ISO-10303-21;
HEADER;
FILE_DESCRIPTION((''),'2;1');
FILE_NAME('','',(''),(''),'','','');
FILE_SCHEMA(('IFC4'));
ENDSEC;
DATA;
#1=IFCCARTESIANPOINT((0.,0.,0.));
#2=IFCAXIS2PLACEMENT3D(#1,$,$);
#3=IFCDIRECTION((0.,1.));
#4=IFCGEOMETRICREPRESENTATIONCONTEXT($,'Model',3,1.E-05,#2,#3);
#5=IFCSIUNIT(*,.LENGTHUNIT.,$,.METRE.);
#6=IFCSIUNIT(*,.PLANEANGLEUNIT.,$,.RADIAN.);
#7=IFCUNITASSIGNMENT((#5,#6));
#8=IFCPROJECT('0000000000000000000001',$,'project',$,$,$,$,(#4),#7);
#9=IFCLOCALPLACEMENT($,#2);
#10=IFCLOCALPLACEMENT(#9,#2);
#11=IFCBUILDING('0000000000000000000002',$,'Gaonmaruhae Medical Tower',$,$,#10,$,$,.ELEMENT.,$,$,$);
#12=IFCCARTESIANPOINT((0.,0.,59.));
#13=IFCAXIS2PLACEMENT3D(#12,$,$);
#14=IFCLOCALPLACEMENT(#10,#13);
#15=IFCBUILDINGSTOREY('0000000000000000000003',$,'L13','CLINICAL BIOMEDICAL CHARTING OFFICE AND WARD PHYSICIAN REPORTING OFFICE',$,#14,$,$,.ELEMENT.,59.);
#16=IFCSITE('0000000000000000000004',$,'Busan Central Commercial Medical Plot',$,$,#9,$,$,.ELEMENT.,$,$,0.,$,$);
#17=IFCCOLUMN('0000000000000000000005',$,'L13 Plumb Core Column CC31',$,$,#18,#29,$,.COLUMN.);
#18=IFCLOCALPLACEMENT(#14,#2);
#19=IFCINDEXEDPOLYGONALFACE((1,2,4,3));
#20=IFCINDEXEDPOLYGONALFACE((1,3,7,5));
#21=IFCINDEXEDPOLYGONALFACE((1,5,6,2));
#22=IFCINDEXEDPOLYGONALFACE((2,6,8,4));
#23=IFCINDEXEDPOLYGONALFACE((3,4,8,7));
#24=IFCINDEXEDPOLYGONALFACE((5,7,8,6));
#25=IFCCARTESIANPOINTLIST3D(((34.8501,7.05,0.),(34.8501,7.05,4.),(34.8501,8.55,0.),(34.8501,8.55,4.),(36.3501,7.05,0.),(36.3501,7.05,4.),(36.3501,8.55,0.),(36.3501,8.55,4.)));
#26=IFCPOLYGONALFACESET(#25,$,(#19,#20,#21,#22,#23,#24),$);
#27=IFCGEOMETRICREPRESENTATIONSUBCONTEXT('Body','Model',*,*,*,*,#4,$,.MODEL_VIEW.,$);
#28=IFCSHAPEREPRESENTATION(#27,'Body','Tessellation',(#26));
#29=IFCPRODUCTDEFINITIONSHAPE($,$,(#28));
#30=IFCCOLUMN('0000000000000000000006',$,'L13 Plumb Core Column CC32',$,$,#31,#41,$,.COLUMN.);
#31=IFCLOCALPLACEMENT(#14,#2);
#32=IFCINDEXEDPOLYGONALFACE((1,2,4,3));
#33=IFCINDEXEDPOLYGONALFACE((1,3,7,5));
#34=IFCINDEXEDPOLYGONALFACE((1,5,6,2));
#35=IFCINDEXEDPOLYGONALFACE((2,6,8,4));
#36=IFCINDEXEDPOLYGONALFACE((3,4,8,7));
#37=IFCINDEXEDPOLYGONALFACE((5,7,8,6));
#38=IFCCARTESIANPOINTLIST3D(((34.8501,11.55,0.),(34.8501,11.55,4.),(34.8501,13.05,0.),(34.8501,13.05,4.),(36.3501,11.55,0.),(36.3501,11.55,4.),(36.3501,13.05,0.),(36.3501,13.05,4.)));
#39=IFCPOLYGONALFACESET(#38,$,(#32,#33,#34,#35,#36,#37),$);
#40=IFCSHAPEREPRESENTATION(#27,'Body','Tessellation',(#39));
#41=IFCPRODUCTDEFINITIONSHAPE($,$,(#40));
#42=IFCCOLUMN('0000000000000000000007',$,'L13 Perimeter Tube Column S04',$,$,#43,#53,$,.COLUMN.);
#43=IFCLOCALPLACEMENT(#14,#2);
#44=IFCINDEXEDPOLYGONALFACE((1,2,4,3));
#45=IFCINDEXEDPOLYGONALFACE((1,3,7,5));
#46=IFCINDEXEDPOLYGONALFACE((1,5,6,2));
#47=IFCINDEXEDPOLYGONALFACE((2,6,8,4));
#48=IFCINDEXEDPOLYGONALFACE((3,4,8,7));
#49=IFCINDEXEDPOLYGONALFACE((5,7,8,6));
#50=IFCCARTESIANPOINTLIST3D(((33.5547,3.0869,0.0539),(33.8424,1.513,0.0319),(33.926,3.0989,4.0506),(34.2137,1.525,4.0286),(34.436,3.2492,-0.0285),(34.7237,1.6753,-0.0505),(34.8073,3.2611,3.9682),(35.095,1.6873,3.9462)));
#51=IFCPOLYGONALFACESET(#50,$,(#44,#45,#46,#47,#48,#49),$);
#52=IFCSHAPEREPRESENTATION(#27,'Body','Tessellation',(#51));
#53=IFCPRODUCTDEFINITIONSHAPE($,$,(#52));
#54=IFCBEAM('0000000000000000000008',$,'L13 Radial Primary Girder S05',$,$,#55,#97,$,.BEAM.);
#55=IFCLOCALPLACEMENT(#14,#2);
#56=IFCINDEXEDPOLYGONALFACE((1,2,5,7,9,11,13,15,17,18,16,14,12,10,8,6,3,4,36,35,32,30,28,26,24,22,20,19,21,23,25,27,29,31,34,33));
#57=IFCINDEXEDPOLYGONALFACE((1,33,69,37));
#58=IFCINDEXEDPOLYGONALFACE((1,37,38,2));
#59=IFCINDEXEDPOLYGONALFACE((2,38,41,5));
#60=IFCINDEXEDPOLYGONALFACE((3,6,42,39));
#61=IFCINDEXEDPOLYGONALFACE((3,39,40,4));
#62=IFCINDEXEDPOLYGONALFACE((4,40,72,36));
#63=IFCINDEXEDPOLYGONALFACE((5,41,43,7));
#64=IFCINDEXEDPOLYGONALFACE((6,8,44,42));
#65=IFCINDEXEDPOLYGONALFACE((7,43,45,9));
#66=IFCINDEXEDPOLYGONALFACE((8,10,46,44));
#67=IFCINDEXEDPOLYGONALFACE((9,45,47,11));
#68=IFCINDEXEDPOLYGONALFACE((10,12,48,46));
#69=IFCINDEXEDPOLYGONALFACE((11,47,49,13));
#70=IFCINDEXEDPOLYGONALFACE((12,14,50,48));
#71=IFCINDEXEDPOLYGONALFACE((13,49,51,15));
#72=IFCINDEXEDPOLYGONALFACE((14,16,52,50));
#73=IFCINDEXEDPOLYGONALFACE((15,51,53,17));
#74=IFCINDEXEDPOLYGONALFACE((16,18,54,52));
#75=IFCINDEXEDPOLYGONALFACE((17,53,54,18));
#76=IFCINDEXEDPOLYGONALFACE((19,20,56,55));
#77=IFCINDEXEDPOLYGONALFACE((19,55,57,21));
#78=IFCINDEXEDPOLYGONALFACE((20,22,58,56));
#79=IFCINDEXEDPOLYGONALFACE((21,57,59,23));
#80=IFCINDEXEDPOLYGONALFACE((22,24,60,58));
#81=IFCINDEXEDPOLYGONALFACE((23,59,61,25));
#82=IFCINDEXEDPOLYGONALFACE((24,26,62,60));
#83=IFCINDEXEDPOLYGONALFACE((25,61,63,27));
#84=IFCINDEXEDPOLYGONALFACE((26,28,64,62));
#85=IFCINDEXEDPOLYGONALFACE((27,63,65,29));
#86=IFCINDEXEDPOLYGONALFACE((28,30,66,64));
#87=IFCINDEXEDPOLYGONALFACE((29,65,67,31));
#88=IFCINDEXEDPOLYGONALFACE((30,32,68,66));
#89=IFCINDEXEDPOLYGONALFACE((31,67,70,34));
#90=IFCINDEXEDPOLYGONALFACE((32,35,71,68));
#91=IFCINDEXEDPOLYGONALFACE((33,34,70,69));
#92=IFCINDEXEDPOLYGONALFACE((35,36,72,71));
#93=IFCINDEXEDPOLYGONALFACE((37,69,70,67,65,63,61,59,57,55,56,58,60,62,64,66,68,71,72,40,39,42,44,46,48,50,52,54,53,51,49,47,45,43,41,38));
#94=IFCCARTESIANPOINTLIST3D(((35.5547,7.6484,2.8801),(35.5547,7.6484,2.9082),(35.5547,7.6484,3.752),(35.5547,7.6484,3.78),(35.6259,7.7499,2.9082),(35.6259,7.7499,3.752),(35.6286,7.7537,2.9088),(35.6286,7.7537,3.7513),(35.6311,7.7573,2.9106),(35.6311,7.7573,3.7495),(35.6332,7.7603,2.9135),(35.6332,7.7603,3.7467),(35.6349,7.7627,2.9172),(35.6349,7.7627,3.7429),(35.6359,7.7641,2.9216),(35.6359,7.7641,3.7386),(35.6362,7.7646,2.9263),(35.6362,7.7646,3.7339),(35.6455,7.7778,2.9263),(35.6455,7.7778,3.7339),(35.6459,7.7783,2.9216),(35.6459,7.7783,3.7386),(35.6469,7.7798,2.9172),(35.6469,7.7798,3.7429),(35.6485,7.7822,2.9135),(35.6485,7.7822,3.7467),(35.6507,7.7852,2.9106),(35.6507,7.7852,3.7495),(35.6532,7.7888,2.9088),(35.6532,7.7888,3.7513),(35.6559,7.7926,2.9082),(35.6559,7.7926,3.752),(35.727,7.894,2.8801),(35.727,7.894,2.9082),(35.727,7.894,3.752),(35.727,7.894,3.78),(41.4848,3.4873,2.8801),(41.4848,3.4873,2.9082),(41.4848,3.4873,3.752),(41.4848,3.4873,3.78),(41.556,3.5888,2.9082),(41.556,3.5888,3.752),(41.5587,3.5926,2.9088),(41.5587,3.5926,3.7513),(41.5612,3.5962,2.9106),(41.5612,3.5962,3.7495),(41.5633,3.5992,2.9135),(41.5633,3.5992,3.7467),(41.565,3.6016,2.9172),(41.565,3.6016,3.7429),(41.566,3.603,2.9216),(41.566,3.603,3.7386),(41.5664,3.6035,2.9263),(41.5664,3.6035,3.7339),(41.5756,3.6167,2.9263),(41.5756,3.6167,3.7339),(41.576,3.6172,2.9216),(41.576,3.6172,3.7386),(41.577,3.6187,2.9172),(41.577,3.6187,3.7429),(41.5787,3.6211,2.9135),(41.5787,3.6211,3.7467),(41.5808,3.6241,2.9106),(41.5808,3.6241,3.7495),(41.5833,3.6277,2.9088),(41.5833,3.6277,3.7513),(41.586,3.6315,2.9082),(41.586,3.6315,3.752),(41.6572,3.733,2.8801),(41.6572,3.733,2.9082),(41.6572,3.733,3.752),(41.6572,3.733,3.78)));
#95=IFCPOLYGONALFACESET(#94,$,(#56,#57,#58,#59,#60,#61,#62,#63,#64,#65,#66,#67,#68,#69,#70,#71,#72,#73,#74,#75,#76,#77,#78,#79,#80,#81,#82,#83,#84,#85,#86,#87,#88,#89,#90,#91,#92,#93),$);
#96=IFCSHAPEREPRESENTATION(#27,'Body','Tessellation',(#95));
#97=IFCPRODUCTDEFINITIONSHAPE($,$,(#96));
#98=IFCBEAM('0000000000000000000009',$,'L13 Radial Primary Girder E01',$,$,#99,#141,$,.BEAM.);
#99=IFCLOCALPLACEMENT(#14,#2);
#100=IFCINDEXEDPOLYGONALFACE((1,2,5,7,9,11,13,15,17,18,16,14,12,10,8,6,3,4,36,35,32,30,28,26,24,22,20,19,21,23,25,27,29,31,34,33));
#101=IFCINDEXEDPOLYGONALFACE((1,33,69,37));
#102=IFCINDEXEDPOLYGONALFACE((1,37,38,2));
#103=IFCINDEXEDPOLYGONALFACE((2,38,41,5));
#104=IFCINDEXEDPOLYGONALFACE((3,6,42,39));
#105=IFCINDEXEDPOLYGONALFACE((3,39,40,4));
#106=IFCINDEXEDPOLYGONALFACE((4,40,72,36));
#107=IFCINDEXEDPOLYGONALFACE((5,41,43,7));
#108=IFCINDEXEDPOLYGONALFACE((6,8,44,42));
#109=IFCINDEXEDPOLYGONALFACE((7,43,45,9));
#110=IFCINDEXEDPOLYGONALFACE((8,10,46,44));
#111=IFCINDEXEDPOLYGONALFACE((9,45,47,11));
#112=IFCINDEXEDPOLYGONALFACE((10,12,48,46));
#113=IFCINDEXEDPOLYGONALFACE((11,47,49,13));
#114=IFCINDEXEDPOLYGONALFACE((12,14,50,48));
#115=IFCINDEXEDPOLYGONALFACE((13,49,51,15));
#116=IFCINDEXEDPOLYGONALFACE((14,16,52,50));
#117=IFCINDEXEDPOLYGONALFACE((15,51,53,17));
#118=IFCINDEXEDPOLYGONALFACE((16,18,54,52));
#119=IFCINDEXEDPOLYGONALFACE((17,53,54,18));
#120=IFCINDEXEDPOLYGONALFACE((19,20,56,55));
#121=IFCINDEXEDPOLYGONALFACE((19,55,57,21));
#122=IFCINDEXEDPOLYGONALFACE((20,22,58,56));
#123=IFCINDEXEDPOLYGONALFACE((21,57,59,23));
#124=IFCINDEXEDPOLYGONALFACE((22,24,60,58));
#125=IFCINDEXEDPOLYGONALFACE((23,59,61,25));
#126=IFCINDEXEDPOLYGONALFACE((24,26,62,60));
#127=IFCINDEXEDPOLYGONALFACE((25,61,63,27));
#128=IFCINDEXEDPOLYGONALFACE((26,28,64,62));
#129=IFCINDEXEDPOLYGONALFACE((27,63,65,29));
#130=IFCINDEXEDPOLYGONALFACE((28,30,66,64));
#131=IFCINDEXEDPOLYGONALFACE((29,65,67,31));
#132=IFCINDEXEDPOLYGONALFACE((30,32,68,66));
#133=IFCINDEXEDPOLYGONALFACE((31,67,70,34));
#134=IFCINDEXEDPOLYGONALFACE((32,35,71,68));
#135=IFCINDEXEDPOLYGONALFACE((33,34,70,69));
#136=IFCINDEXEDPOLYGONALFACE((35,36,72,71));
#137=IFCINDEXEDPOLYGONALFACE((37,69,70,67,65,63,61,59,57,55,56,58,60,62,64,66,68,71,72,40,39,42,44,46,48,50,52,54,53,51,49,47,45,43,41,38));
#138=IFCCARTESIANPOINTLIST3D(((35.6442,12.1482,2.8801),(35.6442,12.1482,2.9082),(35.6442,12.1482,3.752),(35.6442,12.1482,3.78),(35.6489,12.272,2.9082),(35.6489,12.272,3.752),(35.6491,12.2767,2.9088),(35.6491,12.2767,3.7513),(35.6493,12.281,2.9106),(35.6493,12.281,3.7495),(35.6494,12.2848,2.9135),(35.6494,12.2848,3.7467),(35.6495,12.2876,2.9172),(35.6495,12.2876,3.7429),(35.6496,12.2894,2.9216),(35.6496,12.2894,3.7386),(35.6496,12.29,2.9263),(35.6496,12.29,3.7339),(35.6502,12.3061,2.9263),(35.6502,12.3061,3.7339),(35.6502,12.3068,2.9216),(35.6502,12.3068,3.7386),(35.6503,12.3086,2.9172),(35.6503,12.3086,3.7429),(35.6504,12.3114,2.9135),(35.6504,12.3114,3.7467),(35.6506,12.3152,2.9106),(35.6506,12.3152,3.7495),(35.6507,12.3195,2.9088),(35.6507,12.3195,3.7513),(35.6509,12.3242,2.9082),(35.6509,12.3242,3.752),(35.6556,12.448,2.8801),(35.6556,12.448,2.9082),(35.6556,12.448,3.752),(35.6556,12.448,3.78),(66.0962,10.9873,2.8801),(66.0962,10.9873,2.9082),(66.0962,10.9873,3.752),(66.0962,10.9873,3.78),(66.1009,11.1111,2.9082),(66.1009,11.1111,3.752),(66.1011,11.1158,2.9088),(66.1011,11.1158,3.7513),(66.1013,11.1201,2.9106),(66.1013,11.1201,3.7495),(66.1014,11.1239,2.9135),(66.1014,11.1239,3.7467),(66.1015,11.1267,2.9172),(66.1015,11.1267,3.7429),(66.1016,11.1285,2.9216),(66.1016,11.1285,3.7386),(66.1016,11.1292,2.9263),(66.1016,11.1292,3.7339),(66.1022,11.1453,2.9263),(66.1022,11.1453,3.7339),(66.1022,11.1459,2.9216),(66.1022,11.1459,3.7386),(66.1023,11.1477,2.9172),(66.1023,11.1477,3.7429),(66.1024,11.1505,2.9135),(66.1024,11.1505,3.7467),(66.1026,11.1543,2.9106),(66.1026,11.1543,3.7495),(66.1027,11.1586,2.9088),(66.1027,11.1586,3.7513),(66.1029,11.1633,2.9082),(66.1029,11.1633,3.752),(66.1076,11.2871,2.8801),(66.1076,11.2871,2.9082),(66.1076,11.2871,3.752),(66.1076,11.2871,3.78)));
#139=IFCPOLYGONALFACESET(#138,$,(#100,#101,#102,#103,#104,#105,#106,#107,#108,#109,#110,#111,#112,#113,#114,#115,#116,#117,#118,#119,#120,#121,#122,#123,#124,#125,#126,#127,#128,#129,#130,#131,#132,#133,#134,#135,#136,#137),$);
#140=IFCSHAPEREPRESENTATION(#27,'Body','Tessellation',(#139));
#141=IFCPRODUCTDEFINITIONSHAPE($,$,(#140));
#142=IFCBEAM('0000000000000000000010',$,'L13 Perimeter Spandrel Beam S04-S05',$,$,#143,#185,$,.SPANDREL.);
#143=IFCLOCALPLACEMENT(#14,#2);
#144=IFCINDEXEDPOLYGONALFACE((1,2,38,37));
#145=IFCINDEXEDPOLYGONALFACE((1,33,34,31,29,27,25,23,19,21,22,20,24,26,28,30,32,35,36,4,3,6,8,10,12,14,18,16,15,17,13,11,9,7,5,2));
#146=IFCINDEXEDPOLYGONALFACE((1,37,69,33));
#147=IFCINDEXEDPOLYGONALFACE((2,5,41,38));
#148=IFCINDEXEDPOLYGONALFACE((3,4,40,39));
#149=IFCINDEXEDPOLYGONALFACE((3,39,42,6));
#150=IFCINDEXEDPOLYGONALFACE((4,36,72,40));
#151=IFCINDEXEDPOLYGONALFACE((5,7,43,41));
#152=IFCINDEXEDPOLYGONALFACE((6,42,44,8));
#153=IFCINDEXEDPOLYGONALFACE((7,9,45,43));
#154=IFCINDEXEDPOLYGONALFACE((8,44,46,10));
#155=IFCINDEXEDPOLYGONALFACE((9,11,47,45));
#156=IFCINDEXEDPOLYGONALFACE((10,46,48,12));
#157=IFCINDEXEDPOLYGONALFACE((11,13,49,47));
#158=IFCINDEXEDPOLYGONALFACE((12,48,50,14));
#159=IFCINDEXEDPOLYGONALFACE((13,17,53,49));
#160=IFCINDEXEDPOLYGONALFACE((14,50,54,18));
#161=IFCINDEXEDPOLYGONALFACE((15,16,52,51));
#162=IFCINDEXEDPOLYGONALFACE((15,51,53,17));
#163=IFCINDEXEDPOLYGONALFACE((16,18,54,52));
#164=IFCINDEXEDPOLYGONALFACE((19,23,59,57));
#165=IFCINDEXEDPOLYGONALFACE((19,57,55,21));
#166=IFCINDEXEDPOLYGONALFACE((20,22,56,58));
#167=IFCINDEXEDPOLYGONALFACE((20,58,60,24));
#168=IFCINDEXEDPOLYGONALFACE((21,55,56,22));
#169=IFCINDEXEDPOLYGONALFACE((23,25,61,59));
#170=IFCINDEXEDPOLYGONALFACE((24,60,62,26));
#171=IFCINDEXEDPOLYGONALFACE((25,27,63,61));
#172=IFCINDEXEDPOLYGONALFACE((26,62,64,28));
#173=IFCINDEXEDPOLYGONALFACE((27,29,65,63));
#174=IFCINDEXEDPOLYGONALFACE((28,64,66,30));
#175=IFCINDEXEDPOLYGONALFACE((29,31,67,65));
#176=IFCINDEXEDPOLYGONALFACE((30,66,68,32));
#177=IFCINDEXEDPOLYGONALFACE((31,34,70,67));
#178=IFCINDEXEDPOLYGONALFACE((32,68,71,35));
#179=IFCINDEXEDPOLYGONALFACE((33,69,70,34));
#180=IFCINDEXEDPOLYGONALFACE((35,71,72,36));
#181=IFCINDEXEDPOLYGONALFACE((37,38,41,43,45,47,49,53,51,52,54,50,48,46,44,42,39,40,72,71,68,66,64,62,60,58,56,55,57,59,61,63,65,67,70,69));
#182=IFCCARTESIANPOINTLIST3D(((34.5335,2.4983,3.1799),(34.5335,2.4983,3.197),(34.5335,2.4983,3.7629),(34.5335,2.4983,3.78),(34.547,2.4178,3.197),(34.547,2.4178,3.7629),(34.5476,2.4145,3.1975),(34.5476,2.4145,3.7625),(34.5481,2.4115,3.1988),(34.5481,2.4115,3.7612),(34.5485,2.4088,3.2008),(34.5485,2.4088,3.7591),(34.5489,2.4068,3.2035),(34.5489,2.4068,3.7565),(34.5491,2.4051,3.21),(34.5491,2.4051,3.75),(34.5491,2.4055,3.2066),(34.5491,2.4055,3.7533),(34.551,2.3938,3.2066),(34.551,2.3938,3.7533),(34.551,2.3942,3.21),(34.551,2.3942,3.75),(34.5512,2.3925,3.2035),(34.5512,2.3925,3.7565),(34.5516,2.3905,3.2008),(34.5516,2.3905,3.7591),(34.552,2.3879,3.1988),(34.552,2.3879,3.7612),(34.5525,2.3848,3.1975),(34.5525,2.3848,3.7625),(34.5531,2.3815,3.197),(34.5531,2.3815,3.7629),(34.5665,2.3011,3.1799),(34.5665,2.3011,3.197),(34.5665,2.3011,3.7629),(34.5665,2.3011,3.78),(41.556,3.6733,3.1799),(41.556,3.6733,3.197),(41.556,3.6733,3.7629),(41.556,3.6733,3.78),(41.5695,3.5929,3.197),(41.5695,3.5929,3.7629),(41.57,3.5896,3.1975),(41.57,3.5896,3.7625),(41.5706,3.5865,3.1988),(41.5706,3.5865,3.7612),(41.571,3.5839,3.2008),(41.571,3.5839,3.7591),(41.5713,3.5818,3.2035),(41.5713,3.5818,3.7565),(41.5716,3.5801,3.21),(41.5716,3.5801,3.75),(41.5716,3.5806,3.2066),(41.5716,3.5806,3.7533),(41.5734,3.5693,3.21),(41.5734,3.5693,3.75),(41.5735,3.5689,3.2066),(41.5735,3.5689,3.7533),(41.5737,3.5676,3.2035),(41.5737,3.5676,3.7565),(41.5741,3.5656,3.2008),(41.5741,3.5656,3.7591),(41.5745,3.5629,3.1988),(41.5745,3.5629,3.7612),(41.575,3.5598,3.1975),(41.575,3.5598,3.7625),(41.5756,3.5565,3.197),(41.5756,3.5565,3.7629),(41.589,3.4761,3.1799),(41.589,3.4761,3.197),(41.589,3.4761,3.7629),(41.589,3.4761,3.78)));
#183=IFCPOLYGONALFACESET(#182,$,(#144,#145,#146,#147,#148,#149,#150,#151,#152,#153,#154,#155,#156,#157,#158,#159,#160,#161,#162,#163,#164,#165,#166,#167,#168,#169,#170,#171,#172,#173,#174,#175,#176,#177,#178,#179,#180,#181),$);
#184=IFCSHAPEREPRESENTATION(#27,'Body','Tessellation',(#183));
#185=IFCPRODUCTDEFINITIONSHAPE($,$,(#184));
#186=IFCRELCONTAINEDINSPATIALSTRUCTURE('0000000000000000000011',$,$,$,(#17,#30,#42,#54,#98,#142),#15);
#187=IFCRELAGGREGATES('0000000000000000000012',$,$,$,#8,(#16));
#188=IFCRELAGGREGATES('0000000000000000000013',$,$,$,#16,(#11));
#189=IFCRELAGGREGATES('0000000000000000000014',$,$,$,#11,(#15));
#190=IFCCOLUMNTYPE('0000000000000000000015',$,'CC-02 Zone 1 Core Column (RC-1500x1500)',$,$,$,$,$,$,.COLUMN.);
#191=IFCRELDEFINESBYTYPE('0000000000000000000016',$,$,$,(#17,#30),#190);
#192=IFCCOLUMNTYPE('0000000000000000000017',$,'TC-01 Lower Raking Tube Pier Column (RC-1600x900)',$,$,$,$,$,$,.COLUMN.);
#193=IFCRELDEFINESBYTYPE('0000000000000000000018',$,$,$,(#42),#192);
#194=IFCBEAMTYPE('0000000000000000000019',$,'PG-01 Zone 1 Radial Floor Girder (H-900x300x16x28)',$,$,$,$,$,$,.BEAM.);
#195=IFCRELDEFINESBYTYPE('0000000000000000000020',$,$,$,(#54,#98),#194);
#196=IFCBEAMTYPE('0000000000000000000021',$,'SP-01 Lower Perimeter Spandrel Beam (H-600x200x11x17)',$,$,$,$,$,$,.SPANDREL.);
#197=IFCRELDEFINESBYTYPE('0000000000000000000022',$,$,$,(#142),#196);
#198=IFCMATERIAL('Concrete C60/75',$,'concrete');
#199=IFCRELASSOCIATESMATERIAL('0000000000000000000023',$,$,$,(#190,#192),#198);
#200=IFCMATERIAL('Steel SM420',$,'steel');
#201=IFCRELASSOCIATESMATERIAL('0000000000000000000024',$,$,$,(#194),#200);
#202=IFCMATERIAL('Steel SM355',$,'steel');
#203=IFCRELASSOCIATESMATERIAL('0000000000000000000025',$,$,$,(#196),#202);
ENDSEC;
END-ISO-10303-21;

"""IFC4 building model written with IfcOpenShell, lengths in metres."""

from ifc_helpers import new_model, si_unit, direction, frame, origin, origin_2d, place, context, subcontext, project, spatial, rectangle, i_section, extrude, material, material_profile, profile_set, type_object, element, save


model = new_model("IFC4")

# Units and contexts
model_context = context("Model", 3, precision=1e-05, world=origin(), true_north=direction((0.0, 1.0)))
body_context = subcontext(model_context, "Body", "Model", "MODEL_VIEW")
ifc_project = project(units=[si_unit("LENGTHUNIT", "METRE"), si_unit("PLANEANGLEUNIT", "RADIAN")], contexts=[model_context])

# Site, building, storey
site_placement = place(None, origin())
site = spatial("IfcSite", under=ifc_project, at=site_placement, Name="Busan Central Commercial Medical Plot", CompositionType="ELEMENT", RefElevation=0.0)
building_placement = place(site_placement, origin())
building = spatial("IfcBuilding", under=site, at=building_placement, Name="Gaonmaruhae Medical Tower", CompositionType="ELEMENT")
storey_placement = place(building_placement, frame((0.0, 0.0, 59.0)))
storey = spatial("IfcBuildingStorey", under=building, at=storey_placement, Name="L13", Description="CLINICAL BIOMEDICAL CHARTING OFFICE AND WARD PHYSICIAN REPORTING OFFICE", CompositionType="ELEMENT", Elevation=59.0)

# Columns
ifc_material_1 = material(Name="Concrete C60/75", Category="concrete")
ifc_material_profile_1 = material_profile(ifc_material_1, rectangle(XDim=1.5, YDim=1.5, at=origin_2d()), Name="RC-1500x1500")
ifc_profile_set_1 = profile_set([ifc_material_profile_1], Name="Concrete C60/75")
column_type_1 = type_object("IfcColumnType", Name="CC-02 Zone 1 Core Column (RC-1500x1500)", PredefinedType="COLUMN", material=ifc_profile_set_1)
for number, where, z_axis, x_axis, name in (
    (1, (35.6001, 7.8, 0.0), (0.0, 0.0, 1.0), (1.0, 0.0, 0.0), "L13 Plumb Core Column CC31"),
    (2, (35.6001, 12.3, 0.0), (0.0, 0.0, 1.0), (1.0, 0.0, 0.0), "L13 Plumb Core Column CC32"),
):
    element("IfcColumn", number, at=place(storey_placement, frame(where, z_axis=z_axis, x_axis=x_axis)), inside=storey, type_object=column_type_1, Name=name, PredefinedType="COLUMN", context=body_context, shape_type="SweptSolid", body=[
        extrude(rectangle(XDim=1.5, YDim=1.5, at=origin_2d()), origin(), (0.0, 0.0, 1.0), 4.0),
    ])
ifc_material_profile_2 = material_profile(ifc_material_1, rectangle(XDim=1.6001, YDim=0.8999, at=origin_2d()), Name="RC-1600x900")
ifc_profile_set_2 = profile_set([ifc_material_profile_2], Name="Concrete C60/75")
column_type_2 = type_object("IfcColumnType", Name="TC-01 Lower Raking Tube Pier Column (RC-1600x900)", PredefinedType="COLUMN", material=ifc_profile_set_2)
column_placement = place(storey_placement, frame((34.1392, 2.3811, 0.0017), z_axis=(0.092515, 0.00298, 0.995707), x_axis=(-0.179798, 0.983607, 0.013762)))
element("IfcColumn", 3, at=column_placement, inside=storey, type_object=column_type_2, Name="L13 Perimeter Tube Column S04", PredefinedType="COLUMN", context=body_context, shape_type="SweptSolid", body=[
    extrude(rectangle(XDim=1.6001, YDim=0.8999, at=origin_2d()), origin(), (0.0, 0.0, 1.0), 4.0139),
])

# Beams
ifc_material_2 = material(Name="Steel SM420", Category="steel")
ifc_material_profile_3 = material_profile(ifc_material_2, i_section(OverallWidth=0.3, OverallDepth=0.8999, WebThickness=0.0161, FlangeThickness=0.0281, FilletRadius=0.0181, at=origin_2d()), Name="H-900x300x16x28")
ifc_profile_set_3 = profile_set([ifc_material_profile_3], Name="Steel SM420")
beam_type_1 = type_object("IfcBeamType", Name="PG-01 Zone 1 Radial Floor Girder (H-900x300x16x28)", PredefinedType="BEAM", material=ifc_profile_set_3)
beam_1_placement = place(storey_placement, frame((35.6409, 7.7712, 3.3301), z_axis=(0.818582, -0.574389, 0.0), x_axis=(0.574389, 0.818582, 0.0)))
element("IfcBeam", 4, at=beam_1_placement, inside=storey, type_object=beam_type_1, Name="L13 Radial Primary Girder S05", PredefinedType="BEAM", context=body_context, shape_type="SweptSolid", body=[
    extrude(i_section(OverallWidth=0.3, OverallDepth=0.8999, WebThickness=0.0161, FlangeThickness=0.0281, FilletRadius=0.0181, at=origin_2d()), origin(), (0.0, 0.0, 1.0), 7.2444),
])
beam_2_placement = place(storey_placement, frame((35.6499, 12.2981, 3.3301), z_axis=(0.999274, -0.038094, 0.0), x_axis=(0.038094, 0.999274, 0.0)))
element("IfcBeam", 5, at=beam_2_placement, inside=storey, type_object=beam_type_1, Name="L13 Radial Primary Girder E01", PredefinedType="BEAM", context=body_context, shape_type="SweptSolid", body=[
    extrude(i_section(OverallWidth=0.3, OverallDepth=0.8999, WebThickness=0.0161, FlangeThickness=0.0281, FilletRadius=0.0181, at=origin_2d()), origin(), (0.0, 0.0, 1.0), 30.4741),
])
ifc_material_3 = material(Name="Steel SM355", Category="steel")
ifc_material_profile_4 = material_profile(ifc_material_3, i_section(OverallWidth=0.2, OverallDepth=0.6001, WebThickness=0.011, FlangeThickness=0.0171, FilletRadius=0.0129, at=origin_2d()), Name="H-600x200x11x17")
ifc_profile_set_4 = profile_set([ifc_material_profile_4], Name="Steel SM355")
beam_type_2 = type_object("IfcBeamType", Name="SP-01 Lower Perimeter Spandrel Beam (H-600x200x11x17)", PredefinedType="SPANDREL", material=ifc_profile_set_4)
beam_3_placement = place(storey_placement, frame((34.55, 2.3997, 3.48), z_axis=(0.986288, 0.165033, 0.0), x_axis=(-0.165033, 0.986288, 0.0)))
element("IfcBeam", 6, at=beam_3_placement, inside=storey, type_object=beam_type_2, Name="L13 Perimeter Spandrel Beam S04-S05", PredefinedType="SPANDREL", context=body_context, shape_type="SweptSolid", body=[
    extrude(i_section(OverallWidth=0.2, OverallDepth=0.6001, WebThickness=0.011, FlangeThickness=0.0171, FilletRadius=0.0129, at=origin_2d()), origin(), (0.0, 0.0, 1.0), 7.1201),
])

save(model, "model.ifc")
